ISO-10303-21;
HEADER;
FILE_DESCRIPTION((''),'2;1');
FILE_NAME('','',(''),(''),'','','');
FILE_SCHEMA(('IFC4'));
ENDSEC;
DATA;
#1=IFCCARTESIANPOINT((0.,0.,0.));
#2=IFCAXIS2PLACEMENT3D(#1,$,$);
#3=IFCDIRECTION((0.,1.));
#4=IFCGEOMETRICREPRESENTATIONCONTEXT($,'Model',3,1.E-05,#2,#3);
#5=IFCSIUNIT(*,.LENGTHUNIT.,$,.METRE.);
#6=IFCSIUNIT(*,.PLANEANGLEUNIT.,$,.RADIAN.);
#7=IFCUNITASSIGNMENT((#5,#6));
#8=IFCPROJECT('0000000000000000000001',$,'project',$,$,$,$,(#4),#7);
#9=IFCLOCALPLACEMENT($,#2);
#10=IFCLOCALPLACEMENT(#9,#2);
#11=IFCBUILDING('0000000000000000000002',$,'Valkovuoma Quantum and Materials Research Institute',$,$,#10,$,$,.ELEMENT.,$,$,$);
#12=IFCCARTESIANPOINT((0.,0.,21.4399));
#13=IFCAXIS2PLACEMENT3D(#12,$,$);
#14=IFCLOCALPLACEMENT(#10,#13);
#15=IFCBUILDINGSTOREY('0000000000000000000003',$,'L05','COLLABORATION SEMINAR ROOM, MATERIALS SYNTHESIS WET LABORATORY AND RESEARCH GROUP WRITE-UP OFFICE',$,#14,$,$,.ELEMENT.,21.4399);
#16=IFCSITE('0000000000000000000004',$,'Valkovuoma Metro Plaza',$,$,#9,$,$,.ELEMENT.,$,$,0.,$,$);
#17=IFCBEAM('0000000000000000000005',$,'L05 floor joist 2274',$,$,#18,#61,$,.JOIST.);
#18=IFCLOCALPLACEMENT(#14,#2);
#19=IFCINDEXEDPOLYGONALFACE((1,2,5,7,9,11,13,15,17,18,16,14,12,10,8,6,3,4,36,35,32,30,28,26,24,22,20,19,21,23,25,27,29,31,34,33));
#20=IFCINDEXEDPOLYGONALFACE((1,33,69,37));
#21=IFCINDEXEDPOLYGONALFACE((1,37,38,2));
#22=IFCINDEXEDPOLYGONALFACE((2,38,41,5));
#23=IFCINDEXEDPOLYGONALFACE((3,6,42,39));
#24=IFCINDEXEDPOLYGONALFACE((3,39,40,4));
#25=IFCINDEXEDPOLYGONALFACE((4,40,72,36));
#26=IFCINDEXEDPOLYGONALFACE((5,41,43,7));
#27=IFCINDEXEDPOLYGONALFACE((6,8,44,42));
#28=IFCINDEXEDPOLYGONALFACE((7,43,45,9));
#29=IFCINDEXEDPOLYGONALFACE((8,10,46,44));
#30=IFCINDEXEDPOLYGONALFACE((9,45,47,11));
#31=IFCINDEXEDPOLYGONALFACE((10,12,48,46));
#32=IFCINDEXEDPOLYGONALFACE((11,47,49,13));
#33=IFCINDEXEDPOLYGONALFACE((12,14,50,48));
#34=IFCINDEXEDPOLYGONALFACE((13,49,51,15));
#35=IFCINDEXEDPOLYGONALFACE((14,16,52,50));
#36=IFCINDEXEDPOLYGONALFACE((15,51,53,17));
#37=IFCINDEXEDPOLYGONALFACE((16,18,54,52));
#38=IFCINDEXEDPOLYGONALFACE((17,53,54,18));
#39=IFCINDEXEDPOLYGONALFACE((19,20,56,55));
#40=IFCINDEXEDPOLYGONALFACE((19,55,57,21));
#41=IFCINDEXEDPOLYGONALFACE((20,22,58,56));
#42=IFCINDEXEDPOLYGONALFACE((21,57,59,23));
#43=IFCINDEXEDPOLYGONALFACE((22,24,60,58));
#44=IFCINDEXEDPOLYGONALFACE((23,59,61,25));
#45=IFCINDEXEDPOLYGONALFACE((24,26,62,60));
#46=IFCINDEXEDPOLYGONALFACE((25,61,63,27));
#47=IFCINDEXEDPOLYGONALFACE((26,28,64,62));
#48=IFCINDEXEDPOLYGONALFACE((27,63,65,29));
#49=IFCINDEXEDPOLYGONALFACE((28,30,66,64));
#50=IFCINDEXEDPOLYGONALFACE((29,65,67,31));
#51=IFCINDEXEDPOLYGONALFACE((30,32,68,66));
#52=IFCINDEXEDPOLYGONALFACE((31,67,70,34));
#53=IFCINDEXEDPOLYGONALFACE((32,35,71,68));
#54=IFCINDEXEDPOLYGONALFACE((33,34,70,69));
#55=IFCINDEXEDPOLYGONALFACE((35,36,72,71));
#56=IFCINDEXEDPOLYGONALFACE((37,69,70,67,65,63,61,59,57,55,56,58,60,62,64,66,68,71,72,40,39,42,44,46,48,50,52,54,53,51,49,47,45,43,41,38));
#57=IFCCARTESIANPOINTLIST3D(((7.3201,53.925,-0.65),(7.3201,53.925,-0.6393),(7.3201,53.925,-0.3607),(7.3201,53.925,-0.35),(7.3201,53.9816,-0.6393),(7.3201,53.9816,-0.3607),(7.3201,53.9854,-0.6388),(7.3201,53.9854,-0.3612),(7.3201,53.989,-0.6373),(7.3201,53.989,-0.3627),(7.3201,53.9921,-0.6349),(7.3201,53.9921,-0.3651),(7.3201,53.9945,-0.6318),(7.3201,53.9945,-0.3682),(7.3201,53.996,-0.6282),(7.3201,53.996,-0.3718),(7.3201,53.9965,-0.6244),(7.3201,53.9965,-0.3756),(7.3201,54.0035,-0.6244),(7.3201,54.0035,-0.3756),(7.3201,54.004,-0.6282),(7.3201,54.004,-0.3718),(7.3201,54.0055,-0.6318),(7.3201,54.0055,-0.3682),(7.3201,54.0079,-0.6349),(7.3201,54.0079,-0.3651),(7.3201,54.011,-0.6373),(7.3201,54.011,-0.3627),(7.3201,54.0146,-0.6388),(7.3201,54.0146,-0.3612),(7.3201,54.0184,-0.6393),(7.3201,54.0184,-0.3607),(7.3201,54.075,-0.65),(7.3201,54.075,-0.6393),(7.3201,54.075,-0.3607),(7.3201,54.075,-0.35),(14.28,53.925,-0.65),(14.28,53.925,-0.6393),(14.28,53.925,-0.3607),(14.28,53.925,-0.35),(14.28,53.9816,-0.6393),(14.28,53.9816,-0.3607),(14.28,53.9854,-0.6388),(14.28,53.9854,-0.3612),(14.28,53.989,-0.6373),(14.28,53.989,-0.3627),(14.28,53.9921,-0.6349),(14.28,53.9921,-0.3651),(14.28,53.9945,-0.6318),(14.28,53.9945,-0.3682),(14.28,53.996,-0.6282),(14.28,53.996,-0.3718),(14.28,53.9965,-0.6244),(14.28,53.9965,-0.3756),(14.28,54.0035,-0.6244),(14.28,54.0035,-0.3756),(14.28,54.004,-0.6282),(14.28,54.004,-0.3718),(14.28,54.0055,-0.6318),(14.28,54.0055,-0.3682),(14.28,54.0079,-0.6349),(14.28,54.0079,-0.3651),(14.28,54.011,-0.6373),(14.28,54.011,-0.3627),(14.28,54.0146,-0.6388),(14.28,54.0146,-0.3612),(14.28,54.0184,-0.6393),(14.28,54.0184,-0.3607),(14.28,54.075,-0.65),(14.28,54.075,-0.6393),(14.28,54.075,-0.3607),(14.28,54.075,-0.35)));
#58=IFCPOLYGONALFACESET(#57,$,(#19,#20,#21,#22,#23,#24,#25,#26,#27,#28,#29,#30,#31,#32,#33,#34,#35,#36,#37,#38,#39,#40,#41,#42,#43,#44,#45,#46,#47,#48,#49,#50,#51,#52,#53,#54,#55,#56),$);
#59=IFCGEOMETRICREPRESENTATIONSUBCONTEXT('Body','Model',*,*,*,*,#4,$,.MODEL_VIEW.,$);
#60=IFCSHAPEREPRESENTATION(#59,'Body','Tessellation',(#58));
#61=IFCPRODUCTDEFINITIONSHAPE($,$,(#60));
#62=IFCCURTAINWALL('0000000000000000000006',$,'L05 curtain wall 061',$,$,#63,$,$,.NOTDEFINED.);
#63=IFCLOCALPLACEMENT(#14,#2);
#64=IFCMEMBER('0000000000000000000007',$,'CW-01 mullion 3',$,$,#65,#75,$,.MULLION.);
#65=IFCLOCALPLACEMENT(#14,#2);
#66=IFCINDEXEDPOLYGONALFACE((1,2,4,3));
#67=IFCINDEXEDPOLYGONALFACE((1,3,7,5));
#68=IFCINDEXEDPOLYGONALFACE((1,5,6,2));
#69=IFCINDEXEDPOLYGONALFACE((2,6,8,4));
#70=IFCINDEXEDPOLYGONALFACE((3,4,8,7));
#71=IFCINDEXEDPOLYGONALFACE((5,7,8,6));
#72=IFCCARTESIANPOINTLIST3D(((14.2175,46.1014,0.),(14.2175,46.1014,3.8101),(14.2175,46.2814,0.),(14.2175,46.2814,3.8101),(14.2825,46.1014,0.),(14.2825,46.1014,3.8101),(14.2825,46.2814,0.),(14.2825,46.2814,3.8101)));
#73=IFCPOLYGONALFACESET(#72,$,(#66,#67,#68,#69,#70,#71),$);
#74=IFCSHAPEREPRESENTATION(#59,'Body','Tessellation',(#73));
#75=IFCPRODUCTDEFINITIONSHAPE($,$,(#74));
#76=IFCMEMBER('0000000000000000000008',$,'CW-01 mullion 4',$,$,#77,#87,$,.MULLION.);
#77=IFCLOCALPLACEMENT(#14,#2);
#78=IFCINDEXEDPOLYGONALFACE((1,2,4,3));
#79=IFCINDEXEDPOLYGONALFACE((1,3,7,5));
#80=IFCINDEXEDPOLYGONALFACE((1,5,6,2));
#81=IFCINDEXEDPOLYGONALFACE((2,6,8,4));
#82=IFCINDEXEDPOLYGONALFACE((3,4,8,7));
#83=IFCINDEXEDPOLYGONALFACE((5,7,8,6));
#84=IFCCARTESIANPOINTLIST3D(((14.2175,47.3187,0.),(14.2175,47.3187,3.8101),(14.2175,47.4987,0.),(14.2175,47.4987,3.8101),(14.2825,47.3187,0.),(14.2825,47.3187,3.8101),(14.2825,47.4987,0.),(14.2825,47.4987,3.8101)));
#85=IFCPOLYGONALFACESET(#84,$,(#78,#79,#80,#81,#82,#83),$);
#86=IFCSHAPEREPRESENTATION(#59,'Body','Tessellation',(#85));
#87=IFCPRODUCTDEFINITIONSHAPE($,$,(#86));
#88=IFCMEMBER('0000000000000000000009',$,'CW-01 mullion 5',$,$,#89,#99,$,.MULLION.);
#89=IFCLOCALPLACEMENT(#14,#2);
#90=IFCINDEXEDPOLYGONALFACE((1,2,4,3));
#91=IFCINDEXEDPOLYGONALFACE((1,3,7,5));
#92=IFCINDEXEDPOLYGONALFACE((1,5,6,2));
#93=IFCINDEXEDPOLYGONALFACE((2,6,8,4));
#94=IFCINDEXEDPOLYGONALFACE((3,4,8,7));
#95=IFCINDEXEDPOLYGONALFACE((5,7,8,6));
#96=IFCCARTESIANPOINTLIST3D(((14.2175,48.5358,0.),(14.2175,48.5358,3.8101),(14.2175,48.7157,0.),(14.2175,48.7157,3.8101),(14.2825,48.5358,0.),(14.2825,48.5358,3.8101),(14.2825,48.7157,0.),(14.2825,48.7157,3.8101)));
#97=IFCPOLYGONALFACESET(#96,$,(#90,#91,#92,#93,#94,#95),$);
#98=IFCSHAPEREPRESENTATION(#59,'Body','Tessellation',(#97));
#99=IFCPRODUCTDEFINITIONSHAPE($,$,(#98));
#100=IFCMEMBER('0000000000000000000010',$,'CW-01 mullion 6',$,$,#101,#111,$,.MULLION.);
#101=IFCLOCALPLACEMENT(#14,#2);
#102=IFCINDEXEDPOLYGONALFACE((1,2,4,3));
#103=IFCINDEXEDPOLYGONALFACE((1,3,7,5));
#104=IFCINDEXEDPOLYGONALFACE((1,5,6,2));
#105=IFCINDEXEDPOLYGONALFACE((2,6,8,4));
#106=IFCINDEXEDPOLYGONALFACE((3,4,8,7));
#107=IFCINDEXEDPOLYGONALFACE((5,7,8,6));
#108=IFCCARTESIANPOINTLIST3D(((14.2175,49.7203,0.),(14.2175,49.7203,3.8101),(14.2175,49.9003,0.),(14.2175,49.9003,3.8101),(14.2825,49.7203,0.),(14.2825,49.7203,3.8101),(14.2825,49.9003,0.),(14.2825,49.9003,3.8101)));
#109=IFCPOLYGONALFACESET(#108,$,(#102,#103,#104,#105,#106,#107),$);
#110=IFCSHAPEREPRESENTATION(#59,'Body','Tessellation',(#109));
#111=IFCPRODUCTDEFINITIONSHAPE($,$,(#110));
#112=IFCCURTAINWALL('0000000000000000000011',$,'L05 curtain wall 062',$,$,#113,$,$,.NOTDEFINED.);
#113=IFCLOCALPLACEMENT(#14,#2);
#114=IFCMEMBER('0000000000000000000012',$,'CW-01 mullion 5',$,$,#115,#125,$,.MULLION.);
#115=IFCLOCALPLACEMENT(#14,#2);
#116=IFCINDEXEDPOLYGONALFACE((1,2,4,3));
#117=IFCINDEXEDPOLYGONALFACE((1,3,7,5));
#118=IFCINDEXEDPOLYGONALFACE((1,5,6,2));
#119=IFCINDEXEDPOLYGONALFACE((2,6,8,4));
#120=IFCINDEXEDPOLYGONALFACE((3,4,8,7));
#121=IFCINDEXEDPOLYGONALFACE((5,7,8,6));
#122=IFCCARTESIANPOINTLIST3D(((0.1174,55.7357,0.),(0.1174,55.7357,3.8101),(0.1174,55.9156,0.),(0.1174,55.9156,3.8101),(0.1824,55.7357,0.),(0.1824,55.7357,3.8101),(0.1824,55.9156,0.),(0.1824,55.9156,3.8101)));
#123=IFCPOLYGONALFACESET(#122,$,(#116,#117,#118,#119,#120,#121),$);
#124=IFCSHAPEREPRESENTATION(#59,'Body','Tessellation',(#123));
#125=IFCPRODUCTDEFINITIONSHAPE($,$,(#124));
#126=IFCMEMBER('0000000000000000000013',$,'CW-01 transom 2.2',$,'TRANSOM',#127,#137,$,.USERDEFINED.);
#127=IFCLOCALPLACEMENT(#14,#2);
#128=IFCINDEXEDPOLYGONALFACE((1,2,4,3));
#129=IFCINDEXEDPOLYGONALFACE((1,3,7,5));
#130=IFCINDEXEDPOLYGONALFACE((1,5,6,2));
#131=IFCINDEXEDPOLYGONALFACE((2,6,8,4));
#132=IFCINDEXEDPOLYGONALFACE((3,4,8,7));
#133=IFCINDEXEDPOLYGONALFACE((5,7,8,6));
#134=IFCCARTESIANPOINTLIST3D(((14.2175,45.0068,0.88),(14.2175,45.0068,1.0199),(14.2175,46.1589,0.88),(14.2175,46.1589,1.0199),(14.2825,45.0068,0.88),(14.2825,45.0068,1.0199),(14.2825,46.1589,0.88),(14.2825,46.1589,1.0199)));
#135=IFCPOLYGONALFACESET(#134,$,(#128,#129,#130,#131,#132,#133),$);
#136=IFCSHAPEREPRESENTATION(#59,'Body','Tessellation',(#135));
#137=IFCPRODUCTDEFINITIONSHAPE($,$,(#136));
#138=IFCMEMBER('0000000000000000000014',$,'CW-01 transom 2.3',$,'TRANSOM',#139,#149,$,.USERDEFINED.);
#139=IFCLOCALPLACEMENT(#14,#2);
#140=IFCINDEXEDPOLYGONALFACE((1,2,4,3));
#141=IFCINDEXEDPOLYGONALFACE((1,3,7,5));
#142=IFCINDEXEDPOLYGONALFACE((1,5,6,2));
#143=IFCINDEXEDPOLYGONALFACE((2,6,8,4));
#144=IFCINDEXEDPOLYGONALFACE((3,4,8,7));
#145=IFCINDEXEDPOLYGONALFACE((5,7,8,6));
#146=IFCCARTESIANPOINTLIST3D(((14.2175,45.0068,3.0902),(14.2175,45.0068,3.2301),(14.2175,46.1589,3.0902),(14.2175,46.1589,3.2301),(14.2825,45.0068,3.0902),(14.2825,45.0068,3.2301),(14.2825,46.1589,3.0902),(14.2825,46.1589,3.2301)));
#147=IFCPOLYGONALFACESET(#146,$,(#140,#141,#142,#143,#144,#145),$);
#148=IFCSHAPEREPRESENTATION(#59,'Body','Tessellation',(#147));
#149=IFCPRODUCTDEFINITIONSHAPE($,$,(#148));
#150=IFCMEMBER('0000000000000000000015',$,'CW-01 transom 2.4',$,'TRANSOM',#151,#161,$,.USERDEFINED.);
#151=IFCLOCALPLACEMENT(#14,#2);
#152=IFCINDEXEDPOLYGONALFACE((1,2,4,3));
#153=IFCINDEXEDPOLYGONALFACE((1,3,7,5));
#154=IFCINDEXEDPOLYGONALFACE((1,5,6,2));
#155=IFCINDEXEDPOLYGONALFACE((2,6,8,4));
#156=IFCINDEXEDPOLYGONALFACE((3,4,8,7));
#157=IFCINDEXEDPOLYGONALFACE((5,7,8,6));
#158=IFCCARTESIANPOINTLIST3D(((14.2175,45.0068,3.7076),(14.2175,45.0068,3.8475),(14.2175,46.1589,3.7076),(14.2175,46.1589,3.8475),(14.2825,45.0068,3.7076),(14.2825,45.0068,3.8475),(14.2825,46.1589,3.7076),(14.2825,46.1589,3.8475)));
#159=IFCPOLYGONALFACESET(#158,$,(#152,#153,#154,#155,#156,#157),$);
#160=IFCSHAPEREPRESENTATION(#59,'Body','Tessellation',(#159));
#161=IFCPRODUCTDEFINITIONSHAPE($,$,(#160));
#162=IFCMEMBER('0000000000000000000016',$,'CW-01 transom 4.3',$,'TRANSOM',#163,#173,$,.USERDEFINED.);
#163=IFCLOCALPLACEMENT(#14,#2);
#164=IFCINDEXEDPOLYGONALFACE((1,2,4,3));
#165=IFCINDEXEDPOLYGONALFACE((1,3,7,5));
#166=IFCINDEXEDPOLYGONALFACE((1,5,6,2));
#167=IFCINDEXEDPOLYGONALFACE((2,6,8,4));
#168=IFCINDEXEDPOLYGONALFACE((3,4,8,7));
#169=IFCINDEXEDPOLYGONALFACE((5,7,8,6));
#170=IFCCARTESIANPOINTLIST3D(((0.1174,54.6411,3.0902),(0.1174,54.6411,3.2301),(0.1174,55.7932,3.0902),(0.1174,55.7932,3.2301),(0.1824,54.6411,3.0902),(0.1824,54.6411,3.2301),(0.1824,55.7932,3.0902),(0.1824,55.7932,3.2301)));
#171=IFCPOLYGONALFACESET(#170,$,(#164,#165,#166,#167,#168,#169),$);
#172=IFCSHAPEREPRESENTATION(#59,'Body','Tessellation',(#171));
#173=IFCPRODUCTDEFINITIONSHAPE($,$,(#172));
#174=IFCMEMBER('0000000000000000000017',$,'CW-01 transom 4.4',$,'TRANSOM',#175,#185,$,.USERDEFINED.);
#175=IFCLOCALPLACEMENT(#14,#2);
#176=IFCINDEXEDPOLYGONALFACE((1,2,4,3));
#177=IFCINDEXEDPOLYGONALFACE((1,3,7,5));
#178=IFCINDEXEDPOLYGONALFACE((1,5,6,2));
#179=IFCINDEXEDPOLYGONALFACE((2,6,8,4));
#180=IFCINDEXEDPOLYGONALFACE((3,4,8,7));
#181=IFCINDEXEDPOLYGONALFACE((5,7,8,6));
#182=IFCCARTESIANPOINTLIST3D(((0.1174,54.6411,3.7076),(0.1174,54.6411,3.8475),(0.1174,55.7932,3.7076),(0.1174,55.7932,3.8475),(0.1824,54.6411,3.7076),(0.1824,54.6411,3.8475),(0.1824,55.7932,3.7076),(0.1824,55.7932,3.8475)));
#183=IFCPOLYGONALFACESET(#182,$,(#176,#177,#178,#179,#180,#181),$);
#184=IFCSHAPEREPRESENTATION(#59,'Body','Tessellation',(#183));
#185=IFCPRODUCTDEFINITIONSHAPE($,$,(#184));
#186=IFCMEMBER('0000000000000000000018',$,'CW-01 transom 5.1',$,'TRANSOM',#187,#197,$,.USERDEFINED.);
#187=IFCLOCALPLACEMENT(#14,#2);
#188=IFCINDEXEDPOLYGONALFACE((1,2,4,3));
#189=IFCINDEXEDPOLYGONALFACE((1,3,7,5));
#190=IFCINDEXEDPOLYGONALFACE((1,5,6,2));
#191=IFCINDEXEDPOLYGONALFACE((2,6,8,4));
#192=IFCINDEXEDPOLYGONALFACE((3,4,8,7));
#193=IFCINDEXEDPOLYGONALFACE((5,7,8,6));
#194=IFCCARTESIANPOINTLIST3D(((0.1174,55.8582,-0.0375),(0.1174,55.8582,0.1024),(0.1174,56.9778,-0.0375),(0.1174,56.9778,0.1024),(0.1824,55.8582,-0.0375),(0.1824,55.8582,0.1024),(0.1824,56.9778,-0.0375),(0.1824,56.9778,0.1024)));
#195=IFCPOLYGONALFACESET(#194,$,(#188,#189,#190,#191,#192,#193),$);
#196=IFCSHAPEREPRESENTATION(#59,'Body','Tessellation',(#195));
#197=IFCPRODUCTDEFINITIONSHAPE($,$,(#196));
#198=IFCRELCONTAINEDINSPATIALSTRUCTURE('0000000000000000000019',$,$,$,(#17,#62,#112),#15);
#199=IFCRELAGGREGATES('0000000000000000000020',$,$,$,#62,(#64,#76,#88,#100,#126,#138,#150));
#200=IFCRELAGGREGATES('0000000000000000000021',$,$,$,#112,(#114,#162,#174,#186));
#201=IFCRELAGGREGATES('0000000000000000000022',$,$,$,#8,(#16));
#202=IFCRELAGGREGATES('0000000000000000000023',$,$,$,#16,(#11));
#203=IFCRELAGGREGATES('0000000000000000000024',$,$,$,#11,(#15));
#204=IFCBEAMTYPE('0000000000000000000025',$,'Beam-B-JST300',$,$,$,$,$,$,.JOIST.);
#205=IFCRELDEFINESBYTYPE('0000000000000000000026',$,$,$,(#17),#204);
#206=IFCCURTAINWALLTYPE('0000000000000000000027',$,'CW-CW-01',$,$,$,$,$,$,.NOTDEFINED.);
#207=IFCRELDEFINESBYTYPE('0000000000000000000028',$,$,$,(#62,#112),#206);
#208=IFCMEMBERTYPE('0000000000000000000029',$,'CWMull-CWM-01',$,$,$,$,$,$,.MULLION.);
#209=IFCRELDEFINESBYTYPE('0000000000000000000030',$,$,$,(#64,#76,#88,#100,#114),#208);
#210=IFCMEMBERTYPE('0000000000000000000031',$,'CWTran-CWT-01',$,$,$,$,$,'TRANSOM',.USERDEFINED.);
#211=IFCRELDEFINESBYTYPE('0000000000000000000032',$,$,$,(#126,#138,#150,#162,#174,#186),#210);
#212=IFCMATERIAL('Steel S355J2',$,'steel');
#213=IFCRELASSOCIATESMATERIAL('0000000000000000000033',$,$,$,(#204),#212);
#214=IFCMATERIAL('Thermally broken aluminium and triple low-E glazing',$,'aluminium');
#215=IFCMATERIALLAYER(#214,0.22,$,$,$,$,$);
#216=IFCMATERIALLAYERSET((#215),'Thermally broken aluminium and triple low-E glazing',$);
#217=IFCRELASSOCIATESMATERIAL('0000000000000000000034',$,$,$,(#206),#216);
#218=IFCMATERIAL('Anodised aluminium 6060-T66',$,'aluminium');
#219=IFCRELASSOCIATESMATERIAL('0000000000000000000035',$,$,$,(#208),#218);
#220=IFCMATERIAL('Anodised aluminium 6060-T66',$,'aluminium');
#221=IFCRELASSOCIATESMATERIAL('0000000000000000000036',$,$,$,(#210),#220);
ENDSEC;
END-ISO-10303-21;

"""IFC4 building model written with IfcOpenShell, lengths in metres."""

from ifc_helpers import new_model, si_unit, direction, frame, origin, origin_2d, place, context, subcontext, project, spatial, rectangle, i_section, extrude, material, layer, layer_set, material_profile, profile_set, type_object, element, aggregate, save


model = new_model("IFC4")

# Units and contexts
model_context = context("Model", 3, precision=1e-05, world=origin(), true_north=direction((0.0, 1.0)))
body_context = subcontext(model_context, "Body", "Model", "MODEL_VIEW")
ifc_project = project(units=[si_unit("LENGTHUNIT", "METRE"), si_unit("PLANEANGLEUNIT", "RADIAN")], contexts=[model_context])

# Site, building, storey
site_placement = place(None, origin())
site = spatial("IfcSite", under=ifc_project, at=site_placement, Name="Valkovuoma Metro Plaza", CompositionType="ELEMENT", RefElevation=0.0)
building_placement = place(site_placement, origin())
building = spatial("IfcBuilding", under=site, at=building_placement, Name="Valkovuoma Quantum and Materials Research Institute", CompositionType="ELEMENT")
storey_placement = place(building_placement, frame((0.0, 0.0, 21.4399)))
storey = spatial("IfcBuildingStorey", under=building, at=storey_placement, Name="L05", Description="COLLABORATION SEMINAR ROOM, MATERIALS SYNTHESIS WET LABORATORY AND RESEARCH GROUP WRITE-UP OFFICE", CompositionType="ELEMENT", Elevation=21.4399)

# Beam
ifc_material_1 = material(Name="Steel S355J2", Category="steel")
ifc_material_profile_1 = material_profile(ifc_material_1, i_section(OverallWidth=0.1499, OverallDepth=0.3, WebThickness=0.0071, FlangeThickness=0.0107, FilletRadius=0.0149, at=origin_2d()), Name="Steel S355J2")
ifc_profile_set_1 = profile_set([ifc_material_profile_1], Name="Steel S355J2")
beam_type_1 = type_object("IfcBeamType", Name="Beam-B-JST300", PredefinedType="JOIST", material=ifc_profile_set_1)
for number, where, z_axis, x_axis, name in (
    (1, (7.3201, 54.0, -0.5), (1.0, 0.0, 0.0), (0.0, 1.0, 0.0), "L05 floor joist 2274"),
):
    element("IfcBeam", number, at=place(storey_placement, frame(where, z_axis=z_axis, x_axis=x_axis)), inside=storey, type_object=beam_type_1, Name=name, PredefinedType="JOIST", context=body_context, shape_type="SweptSolid", body=[
        extrude(i_section(OverallWidth=0.1499, OverallDepth=0.3, WebThickness=0.0071, FlangeThickness=0.0107, FilletRadius=0.0149, at=origin_2d()), origin(), (0.0, 0.0, 1.0), 6.96),
    ])

# Curtain wall, members
ifc_material_2 = material(Name="Thermally broken aluminium and triple low-E glazing", Category="aluminium")
ifc_layer_1 = layer(ifc_material_2, 0.22)
ifc_layer_set_1 = layer_set([ifc_layer_1], Name="Thermally broken aluminium and triple low-E glazing")
curtain_wall_type = type_object("IfcCurtainWallType", Name="CW-CW-01", PredefinedType="NOTDEFINED", material=ifc_layer_set_1)
curtain_wall_1_placement = place(storey_placement, origin())
curtain_wall_1 = element("IfcCurtainWall", 2, at=curtain_wall_1_placement, inside=storey, type_object=curtain_wall_type, Name="L05 curtain wall 061", PredefinedType="NOTDEFINED")
ifc_material_3 = material(Name="Anodised aluminium 6060-T66", Category="aluminium")
ifc_material_profile_2 = material_profile(ifc_material_3, rectangle(XDim=0.0649, YDim=0.1799, at=origin_2d()), Name="Anodised aluminium 6060-T66")
ifc_profile_set_2 = profile_set([ifc_material_profile_2], Name="Anodised aluminium 6060-T66")
member_type_1 = type_object("IfcMemberType", Name="CWMull-CWM-01", PredefinedType="MULLION", material=ifc_profile_set_2)
member_1_placement = place(storey_placement, frame((14.25, 46.1914, 0.0), z_axis=(0.0, 0.0, 1.0), x_axis=(-1.0, 0.0, 0.0)))
member_1 = element("IfcMember", 3, at=member_1_placement, type_object=member_type_1, Name="CW-01 mullion 3", PredefinedType="MULLION", context=body_context, shape_type="SweptSolid", body=[
    extrude(rectangle(XDim=0.0649, YDim=0.1799, at=origin_2d()), origin(), (0.0, 0.0, 1.0), 3.8101),
])
member_2_placement = place(storey_placement, frame((14.25, 47.4087, 0.0), z_axis=(0.0, 0.0, 1.0), x_axis=(-1.0, 0.0, 0.0)))
member_2 = element("IfcMember", 4, at=member_2_placement, type_object=member_type_1, Name="CW-01 mullion 4", PredefinedType="MULLION", context=body_context, shape_type="SweptSolid", body=[
    extrude(rectangle(XDim=0.0649, YDim=0.1799, at=origin_2d()), origin(), (0.0, 0.0, 1.0), 3.8101),
])
member_3_placement = place(storey_placement, frame((14.25, 48.6257, 0.0), z_axis=(0.0, 0.0, 1.0), x_axis=(-1.0, 0.0, 0.0)))
member_3 = element("IfcMember", 5, at=member_3_placement, type_object=member_type_1, Name="CW-01 mullion 5", PredefinedType="MULLION", context=body_context, shape_type="SweptSolid", body=[
    extrude(rectangle(XDim=0.0649, YDim=0.1799, at=origin_2d()), origin(), (0.0, 0.0, 1.0), 3.8101),
])
member_4_placement = place(storey_placement, frame((14.25, 49.8103, 0.0), z_axis=(0.0, 0.0, 1.0), x_axis=(-1.0, 0.0, 0.0)))
member_4 = element("IfcMember", 6, at=member_4_placement, type_object=member_type_1, Name="CW-01 mullion 6", PredefinedType="MULLION", context=body_context, shape_type="SweptSolid", body=[
    extrude(rectangle(XDim=0.0649, YDim=0.1799, at=origin_2d()), origin(), (0.0, 0.0, 1.0), 3.8101),
])

# Curtain wall, member
curtain_wall_2_placement = place(storey_placement, origin())
curtain_wall_2 = element("IfcCurtainWall", 7, at=curtain_wall_2_placement, inside=storey, type_object=curtain_wall_type, Name="L05 curtain wall 062", PredefinedType="NOTDEFINED")
member_5_placement = place(storey_placement, frame((0.1499, 55.8257, 0.0), z_axis=(0.0, 0.0, 1.0), x_axis=(-1.0, 0.0, 0.0)))
member_5 = element("IfcMember", 8, at=member_5_placement, type_object=member_type_1, Name="CW-01 mullion 5", PredefinedType="MULLION", context=body_context, shape_type="SweptSolid", body=[
    extrude(rectangle(XDim=0.0649, YDim=0.1799, at=origin_2d()), origin(), (0.0, 0.0, 1.0), 3.8101),
])

# Members
ifc_material_4 = material(Name="Anodised aluminium 6060-T66", Category="aluminium")
ifc_material_profile_3 = material_profile(ifc_material_4, rectangle(XDim=0.0649, YDim=0.1399, at=origin_2d()), Name="Anodised aluminium 6060-T66")
ifc_profile_set_3 = profile_set([ifc_material_profile_3], Name="Anodised aluminium 6060-T66")
member_type_2 = type_object("IfcMemberType", Name="CWTran-CWT-01", ElementType="TRANSOM", PredefinedType="USERDEFINED", material=ifc_profile_set_3)
member_6_placement = place(storey_placement, frame((14.25, 45.0068, 0.95), z_axis=(0.0, 1.0, 0.0), x_axis=(-1.0, 0.0, 0.0)))
member_6 = element("IfcMember", 9, at=member_6_placement, type_object=member_type_2, Name="CW-01 transom 2.2", ObjectType="TRANSOM", PredefinedType="USERDEFINED", context=body_context, shape_type="SweptSolid", body=[
    extrude(rectangle(XDim=0.0649, YDim=0.1399, at=origin_2d()), origin(), (0.0, 0.0, 1.0), 1.1521),
])
member_7_placement = place(storey_placement, frame((14.25, 45.0068, 3.1602), z_axis=(0.0, 1.0, 0.0), x_axis=(-1.0, 0.0, 0.0)))
member_7 = element("IfcMember", 10, at=member_7_placement, type_object=member_type_2, Name="CW-01 transom 2.3", ObjectType="TRANSOM", PredefinedType="USERDEFINED", context=body_context, shape_type="SweptSolid", body=[
    extrude(rectangle(XDim=0.0649, YDim=0.1399, at=origin_2d()), origin(), (0.0, 0.0, 1.0), 1.1521),
])
member_8_placement = place(storey_placement, frame((14.25, 45.0068, 3.7776), z_axis=(0.0, 1.0, 0.0), x_axis=(-1.0, 0.0, 0.0)))
member_8 = element("IfcMember", 11, at=member_8_placement, type_object=member_type_2, Name="CW-01 transom 2.4", ObjectType="TRANSOM", PredefinedType="USERDEFINED", context=body_context, shape_type="SweptSolid", body=[
    extrude(rectangle(XDim=0.0649, YDim=0.1399, at=origin_2d()), origin(), (0.0, 0.0, 1.0), 1.1521),
])
aggregate(curtain_wall_1, [member_1, member_2, member_3, member_4, member_6, member_7, member_8])
member_9_placement = place(storey_placement, frame((0.1499, 54.6411, 3.1602), z_axis=(0.0, 1.0, 0.0), x_axis=(-1.0, 0.0, 0.0)))
member_9 = element("IfcMember", 12, at=member_9_placement, type_object=member_type_2, Name="CW-01 transom 4.3", ObjectType="TRANSOM", PredefinedType="USERDEFINED", context=body_context, shape_type="SweptSolid", body=[
    extrude(rectangle(XDim=0.0649, YDim=0.1399, at=origin_2d()), origin(), (0.0, 0.0, 1.0), 1.1521),
])
member_10_placement = place(storey_placement, frame((0.1499, 54.6411, 3.7776), z_axis=(0.0, 1.0, 0.0), x_axis=(-1.0, 0.0, 0.0)))
member_10 = element("IfcMember", 13, at=member_10_placement, type_object=member_type_2, Name="CW-01 transom 4.4", ObjectType="TRANSOM", PredefinedType="USERDEFINED", context=body_context, shape_type="SweptSolid", body=[
    extrude(rectangle(XDim=0.0649, YDim=0.1399, at=origin_2d()), origin(), (0.0, 0.0, 1.0), 1.1521),
])
member_11_placement = place(storey_placement, frame((0.1499, 55.8582, 0.0325), z_axis=(0.0, 1.0, 0.0), x_axis=(-1.0, 0.0, 0.0)))
member_11 = element("IfcMember", 14, at=member_11_placement, type_object=member_type_2, Name="CW-01 transom 5.1", ObjectType="TRANSOM", PredefinedType="USERDEFINED", context=body_context, shape_type="SweptSolid", body=[
    extrude(rectangle(XDim=0.0649, YDim=0.1399, at=origin_2d()), origin(), (0.0, 0.0, 1.0), 1.1196),
])

aggregate(curtain_wall_2, [member_5, member_9, member_10, member_11])

save(model, "model.ifc")
